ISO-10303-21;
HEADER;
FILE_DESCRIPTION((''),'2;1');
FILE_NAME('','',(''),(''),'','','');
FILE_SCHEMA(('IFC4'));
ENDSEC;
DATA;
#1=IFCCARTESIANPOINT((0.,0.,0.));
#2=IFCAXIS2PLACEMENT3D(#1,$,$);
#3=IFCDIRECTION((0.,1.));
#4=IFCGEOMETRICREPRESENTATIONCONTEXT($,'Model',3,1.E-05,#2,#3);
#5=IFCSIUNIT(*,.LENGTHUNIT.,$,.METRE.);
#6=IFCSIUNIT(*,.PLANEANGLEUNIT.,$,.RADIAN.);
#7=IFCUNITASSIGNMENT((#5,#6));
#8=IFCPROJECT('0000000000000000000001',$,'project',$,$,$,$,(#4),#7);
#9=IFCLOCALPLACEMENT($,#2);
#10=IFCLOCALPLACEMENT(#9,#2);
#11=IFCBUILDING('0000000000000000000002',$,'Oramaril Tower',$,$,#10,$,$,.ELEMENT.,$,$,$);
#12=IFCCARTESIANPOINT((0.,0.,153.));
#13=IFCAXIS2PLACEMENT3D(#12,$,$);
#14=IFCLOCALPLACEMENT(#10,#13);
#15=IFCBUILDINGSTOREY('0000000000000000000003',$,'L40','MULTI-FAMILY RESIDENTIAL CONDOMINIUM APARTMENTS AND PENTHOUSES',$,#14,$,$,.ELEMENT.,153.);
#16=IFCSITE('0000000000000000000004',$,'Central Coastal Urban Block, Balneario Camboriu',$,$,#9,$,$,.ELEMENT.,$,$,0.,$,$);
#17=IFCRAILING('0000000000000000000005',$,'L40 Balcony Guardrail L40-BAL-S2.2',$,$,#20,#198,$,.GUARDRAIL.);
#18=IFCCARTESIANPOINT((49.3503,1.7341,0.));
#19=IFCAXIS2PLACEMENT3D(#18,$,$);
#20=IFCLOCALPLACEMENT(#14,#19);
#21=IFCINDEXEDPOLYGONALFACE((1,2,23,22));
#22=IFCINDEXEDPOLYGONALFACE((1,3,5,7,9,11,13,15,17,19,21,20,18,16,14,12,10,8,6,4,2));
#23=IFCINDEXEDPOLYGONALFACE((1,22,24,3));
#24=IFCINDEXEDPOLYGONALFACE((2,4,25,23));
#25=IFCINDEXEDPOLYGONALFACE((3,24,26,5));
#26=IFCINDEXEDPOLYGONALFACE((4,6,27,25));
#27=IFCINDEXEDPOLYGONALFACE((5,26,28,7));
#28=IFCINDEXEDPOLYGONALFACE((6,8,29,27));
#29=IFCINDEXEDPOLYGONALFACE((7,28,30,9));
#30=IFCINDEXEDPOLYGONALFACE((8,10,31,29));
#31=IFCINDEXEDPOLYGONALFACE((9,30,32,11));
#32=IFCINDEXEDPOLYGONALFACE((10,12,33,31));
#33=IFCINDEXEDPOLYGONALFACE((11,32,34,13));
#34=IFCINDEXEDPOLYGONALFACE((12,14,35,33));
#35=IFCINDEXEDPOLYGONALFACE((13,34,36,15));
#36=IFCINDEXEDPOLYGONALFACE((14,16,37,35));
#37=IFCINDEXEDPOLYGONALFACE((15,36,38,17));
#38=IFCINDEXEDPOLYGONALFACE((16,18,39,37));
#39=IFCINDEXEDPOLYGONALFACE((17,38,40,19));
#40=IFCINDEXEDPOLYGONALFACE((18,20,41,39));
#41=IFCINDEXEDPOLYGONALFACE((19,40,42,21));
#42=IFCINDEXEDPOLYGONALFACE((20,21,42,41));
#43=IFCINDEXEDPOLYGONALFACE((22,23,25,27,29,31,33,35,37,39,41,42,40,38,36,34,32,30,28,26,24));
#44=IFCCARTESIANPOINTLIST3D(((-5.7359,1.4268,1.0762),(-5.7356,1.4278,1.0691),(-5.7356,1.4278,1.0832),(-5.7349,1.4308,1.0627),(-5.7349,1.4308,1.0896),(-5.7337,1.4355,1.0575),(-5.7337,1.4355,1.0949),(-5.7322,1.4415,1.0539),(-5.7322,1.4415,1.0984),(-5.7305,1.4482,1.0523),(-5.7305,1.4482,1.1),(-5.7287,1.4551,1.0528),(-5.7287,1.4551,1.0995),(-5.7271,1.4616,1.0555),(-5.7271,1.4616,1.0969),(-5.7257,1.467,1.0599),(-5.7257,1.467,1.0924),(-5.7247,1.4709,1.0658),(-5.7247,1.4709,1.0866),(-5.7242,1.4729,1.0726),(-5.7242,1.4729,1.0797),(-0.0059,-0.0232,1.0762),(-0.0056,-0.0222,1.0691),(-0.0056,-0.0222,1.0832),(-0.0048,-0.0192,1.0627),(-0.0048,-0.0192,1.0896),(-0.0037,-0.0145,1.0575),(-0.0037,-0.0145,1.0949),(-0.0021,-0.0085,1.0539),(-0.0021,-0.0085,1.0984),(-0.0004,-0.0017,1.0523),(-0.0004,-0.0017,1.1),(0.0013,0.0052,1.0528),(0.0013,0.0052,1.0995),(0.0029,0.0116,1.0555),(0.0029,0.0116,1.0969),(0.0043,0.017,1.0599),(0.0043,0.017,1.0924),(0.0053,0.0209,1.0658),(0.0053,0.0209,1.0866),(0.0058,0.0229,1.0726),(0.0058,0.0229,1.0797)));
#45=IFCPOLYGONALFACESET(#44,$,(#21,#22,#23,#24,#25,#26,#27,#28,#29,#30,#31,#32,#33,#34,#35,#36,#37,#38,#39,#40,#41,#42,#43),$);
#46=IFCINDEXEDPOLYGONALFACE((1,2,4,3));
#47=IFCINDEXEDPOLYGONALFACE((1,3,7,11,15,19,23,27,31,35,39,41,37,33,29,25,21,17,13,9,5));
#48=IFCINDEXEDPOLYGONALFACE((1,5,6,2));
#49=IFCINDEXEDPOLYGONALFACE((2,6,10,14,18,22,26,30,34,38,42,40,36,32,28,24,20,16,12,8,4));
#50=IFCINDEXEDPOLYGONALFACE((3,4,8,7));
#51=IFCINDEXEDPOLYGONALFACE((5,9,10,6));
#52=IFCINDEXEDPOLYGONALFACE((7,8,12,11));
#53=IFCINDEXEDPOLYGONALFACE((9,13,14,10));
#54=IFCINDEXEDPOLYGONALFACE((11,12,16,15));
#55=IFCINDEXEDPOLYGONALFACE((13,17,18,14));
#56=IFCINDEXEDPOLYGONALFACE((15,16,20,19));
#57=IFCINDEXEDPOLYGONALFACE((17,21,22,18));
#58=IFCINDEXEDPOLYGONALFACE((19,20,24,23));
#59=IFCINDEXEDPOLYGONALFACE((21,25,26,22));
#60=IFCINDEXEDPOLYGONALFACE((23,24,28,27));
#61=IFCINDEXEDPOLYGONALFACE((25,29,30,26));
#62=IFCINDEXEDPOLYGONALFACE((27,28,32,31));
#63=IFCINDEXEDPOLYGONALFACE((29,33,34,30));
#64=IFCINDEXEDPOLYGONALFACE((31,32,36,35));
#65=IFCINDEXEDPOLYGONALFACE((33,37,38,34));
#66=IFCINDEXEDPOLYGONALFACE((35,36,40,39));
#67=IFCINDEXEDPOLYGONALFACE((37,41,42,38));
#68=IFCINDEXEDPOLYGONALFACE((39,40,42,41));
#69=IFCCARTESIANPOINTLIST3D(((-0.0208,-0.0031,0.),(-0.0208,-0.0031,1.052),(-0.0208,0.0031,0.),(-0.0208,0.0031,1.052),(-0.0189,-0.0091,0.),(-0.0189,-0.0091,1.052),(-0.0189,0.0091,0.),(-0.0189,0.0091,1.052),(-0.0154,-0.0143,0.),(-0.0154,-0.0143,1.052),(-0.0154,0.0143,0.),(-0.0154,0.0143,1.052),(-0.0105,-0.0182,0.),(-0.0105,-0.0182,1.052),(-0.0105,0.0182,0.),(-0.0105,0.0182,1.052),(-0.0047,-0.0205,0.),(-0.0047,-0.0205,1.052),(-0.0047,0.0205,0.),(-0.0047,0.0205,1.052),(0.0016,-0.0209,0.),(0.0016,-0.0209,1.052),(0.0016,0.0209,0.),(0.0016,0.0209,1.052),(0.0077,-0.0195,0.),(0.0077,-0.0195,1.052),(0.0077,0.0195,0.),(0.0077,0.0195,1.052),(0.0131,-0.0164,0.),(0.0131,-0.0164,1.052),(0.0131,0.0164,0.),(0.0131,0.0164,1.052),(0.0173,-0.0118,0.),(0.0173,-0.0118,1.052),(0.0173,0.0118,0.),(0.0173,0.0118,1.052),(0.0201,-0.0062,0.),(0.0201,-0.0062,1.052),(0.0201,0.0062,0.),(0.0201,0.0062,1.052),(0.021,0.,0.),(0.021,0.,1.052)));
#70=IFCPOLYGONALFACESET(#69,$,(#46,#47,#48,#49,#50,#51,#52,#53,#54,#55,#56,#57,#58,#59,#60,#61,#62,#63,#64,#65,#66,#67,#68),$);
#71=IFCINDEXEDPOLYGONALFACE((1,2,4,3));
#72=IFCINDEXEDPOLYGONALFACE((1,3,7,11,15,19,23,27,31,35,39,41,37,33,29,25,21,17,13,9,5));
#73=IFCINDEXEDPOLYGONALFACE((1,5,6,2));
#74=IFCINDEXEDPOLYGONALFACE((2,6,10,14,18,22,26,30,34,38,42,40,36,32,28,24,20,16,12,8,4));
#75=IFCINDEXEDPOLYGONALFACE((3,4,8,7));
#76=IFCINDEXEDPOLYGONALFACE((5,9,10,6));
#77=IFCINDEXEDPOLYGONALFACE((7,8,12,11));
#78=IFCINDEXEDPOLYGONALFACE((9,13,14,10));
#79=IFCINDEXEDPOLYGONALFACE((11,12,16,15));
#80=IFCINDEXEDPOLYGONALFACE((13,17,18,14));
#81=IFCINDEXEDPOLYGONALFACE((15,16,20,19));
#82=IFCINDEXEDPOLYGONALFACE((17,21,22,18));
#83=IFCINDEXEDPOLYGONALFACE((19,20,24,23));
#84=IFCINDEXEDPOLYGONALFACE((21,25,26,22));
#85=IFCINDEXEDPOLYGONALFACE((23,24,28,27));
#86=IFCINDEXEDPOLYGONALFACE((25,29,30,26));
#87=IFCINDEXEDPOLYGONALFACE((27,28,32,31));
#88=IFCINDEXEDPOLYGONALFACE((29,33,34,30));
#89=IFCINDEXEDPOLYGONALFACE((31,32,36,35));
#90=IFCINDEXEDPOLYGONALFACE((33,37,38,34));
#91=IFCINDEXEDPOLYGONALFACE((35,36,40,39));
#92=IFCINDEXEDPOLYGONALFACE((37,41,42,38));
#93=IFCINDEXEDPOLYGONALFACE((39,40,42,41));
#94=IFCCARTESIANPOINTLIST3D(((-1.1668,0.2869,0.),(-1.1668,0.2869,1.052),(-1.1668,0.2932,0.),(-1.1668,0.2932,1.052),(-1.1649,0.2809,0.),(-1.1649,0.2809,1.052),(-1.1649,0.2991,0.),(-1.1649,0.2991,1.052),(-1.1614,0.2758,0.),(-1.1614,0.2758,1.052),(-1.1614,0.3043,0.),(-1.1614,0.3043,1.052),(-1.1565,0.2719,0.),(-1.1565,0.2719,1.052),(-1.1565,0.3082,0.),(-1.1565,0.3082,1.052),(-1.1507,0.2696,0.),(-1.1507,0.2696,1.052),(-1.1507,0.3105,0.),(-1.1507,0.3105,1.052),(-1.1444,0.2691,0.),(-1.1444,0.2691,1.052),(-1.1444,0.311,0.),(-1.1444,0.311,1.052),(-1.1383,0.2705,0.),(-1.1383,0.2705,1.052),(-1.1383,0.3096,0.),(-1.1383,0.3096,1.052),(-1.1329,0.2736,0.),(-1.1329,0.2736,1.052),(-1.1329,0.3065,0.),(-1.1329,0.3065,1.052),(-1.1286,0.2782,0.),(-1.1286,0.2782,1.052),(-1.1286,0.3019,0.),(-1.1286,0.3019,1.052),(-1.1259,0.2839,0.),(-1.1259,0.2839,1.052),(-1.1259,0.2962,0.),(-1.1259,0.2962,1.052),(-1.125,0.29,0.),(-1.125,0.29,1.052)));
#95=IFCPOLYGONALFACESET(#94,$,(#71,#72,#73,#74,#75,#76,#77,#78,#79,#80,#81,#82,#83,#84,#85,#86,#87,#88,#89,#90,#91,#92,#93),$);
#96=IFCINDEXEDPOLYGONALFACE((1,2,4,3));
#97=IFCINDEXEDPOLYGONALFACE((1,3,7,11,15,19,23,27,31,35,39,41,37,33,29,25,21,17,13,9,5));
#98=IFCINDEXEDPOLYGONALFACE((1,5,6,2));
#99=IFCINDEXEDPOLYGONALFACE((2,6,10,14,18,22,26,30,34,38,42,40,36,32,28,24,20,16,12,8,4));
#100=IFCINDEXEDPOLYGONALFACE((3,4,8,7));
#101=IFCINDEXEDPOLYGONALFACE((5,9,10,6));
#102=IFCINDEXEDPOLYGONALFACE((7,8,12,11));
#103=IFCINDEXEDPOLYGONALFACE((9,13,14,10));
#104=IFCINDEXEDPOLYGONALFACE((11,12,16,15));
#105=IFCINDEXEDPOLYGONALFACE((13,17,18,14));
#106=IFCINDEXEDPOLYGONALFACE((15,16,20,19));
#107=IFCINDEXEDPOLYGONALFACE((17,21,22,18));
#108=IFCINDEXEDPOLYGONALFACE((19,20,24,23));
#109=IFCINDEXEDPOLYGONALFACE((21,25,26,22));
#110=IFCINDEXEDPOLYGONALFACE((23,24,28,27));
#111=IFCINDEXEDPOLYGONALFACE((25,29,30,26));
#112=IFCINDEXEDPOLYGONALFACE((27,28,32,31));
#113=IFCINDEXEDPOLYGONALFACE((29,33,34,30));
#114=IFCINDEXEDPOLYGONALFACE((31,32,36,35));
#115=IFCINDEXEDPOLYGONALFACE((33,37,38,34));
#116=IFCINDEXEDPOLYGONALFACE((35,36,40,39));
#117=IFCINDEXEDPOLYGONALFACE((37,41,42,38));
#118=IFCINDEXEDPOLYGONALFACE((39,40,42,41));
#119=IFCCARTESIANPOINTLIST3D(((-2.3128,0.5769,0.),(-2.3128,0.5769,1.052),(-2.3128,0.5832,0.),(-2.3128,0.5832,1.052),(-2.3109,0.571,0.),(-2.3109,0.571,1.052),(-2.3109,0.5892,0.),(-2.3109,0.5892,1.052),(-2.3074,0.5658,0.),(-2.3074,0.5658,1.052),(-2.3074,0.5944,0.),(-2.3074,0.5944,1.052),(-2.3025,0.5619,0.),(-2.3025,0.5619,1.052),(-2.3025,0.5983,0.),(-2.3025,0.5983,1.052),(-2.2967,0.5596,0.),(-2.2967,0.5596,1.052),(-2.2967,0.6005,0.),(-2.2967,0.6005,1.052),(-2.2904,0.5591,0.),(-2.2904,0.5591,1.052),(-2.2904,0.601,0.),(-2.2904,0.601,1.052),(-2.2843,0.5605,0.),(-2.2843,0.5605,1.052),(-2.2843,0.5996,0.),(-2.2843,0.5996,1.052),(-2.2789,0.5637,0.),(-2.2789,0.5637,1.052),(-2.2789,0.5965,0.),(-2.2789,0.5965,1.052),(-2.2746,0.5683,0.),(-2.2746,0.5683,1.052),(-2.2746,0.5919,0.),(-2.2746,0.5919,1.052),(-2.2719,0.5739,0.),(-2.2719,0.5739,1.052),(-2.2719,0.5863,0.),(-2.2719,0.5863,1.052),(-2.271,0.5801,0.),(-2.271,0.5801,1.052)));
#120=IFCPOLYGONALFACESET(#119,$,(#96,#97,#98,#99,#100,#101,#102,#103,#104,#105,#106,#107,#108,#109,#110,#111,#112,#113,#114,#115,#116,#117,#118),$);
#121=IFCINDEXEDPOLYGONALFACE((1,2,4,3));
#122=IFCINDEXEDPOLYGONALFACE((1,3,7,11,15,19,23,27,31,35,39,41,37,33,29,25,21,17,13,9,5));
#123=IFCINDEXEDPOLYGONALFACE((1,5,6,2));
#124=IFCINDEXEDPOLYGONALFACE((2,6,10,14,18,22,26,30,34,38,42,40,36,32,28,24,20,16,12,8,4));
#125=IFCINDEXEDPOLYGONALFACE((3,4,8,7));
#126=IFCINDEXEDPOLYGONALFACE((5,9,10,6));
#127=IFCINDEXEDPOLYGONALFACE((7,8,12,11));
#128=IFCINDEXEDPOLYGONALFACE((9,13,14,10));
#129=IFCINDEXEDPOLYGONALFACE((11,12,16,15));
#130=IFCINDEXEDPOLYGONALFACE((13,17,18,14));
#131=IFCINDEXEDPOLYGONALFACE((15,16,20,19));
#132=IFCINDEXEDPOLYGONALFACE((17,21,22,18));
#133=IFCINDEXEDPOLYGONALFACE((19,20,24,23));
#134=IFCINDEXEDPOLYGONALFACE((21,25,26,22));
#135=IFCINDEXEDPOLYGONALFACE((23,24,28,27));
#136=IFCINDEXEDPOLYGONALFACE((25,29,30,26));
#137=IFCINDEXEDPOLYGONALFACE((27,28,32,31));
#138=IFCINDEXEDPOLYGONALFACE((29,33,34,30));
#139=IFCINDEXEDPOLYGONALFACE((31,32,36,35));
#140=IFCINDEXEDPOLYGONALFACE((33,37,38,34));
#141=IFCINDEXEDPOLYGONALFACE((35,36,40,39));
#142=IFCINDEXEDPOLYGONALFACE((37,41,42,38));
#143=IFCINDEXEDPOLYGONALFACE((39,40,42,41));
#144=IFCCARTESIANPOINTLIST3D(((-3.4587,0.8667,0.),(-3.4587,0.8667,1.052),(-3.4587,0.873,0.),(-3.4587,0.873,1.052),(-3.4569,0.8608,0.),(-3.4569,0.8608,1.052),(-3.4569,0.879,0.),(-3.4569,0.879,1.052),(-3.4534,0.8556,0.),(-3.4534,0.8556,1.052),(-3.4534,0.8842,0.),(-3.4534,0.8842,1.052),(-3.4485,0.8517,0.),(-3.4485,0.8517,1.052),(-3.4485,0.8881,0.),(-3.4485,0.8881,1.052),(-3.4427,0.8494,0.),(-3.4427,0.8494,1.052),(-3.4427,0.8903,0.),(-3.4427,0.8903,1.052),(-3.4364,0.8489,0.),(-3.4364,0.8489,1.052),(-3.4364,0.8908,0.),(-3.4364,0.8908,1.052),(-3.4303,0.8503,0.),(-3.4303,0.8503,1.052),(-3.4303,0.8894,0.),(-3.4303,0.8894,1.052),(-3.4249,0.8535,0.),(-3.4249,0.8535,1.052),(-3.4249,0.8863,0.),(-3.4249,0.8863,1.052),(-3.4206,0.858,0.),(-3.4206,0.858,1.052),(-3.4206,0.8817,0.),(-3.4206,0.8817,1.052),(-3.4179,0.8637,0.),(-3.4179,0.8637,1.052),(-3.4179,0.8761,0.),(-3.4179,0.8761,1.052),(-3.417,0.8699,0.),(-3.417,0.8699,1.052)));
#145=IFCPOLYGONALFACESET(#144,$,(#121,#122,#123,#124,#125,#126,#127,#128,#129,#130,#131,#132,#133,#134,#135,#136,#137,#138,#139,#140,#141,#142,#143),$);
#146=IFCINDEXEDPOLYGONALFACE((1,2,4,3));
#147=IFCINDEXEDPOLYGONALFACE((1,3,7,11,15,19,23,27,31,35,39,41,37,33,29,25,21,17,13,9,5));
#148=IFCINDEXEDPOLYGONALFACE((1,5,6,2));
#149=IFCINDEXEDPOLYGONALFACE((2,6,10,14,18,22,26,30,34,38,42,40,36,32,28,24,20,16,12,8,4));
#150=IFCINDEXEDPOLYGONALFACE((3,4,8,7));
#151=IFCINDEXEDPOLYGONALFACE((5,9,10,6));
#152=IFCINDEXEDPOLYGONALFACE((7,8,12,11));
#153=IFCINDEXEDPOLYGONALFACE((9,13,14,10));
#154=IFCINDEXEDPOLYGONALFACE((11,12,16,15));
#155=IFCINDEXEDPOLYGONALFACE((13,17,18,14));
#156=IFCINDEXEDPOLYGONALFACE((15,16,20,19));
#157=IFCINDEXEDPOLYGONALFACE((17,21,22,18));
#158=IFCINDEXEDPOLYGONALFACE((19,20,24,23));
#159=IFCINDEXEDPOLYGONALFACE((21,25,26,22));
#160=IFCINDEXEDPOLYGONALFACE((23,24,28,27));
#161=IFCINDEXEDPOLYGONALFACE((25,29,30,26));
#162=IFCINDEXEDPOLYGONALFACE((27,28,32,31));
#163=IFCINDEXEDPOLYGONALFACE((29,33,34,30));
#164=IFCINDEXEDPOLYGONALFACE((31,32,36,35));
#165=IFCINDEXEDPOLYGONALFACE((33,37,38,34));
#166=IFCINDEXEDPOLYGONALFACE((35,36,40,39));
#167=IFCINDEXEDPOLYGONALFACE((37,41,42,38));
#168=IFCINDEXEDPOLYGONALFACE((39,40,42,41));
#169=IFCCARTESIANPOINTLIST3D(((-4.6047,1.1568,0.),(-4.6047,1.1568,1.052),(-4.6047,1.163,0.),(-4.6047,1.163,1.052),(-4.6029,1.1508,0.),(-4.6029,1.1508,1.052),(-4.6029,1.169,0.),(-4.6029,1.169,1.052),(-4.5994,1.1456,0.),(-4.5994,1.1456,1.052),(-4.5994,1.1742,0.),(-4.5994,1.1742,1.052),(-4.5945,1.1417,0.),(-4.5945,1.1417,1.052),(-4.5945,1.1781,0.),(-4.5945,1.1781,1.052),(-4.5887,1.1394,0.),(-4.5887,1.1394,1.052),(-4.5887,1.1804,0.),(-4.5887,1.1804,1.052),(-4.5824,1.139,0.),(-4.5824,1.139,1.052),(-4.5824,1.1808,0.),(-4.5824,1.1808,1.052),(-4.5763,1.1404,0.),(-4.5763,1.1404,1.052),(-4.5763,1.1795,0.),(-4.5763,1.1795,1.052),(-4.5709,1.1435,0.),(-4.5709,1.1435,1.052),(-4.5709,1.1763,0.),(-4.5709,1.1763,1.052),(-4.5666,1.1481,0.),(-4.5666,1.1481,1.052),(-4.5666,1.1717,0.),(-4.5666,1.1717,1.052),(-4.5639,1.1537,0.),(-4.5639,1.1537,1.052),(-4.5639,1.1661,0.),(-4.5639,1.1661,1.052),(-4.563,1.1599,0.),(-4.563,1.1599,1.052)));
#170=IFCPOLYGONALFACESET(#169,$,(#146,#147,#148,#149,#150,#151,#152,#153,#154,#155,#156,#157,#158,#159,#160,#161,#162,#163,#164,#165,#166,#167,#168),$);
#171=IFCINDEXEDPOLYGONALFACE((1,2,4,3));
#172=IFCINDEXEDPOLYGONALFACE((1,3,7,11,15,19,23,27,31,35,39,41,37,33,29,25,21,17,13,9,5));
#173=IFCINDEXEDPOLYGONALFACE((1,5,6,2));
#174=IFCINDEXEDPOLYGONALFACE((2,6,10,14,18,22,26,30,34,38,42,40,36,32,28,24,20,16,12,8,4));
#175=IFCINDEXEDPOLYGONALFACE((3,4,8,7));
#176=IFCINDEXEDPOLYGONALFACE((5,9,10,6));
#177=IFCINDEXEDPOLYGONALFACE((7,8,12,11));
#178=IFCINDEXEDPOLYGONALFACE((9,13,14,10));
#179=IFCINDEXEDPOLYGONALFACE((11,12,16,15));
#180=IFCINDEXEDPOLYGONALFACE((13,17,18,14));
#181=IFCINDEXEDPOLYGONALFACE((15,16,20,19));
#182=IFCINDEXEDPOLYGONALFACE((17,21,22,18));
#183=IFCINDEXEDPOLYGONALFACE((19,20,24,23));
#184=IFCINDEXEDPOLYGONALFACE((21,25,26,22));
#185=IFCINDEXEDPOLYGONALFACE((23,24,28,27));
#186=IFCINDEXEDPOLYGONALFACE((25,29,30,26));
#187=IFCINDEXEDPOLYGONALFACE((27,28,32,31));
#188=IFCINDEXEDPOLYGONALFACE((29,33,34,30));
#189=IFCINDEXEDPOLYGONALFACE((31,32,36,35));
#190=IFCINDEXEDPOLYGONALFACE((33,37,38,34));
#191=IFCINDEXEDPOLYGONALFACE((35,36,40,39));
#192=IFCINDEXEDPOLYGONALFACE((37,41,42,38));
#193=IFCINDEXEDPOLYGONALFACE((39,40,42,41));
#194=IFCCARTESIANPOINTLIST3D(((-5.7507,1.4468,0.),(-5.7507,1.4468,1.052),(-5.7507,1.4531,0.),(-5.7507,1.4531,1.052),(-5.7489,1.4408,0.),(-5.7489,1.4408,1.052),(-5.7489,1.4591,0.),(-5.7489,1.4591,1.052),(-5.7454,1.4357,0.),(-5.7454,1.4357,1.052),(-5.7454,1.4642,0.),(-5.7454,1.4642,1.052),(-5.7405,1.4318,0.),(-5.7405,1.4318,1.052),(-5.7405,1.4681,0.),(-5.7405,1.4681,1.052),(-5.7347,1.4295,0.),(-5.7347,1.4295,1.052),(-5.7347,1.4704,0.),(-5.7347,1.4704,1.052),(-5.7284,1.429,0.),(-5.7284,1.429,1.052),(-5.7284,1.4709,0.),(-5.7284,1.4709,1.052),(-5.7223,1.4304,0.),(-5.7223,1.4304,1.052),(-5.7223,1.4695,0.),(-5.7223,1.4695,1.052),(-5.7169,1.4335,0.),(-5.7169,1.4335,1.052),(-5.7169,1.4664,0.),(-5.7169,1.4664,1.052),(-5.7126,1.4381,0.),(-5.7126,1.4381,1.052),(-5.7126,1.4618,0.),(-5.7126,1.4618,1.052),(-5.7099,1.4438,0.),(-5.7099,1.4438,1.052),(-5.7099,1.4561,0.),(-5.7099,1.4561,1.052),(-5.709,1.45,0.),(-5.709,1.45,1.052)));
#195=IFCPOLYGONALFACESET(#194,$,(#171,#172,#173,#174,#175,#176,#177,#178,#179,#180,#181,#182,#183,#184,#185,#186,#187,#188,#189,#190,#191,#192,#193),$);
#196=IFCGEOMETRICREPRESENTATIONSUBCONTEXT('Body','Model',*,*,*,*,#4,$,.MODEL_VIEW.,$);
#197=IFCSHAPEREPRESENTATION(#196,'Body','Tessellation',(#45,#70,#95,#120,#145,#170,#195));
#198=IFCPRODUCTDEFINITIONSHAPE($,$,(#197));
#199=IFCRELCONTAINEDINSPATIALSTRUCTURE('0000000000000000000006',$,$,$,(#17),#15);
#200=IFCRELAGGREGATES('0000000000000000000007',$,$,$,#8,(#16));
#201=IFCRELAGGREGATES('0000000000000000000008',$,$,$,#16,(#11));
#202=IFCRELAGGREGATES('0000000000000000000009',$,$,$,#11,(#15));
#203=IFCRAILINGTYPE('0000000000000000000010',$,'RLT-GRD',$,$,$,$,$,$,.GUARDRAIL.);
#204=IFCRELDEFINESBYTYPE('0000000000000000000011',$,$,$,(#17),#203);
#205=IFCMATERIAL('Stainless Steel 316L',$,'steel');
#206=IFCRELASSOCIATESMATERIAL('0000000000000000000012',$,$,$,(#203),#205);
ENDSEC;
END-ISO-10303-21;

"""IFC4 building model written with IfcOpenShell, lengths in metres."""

from ifc_helpers import new_model, si_unit, direction, frame, origin, origin_2d, place, context, subcontext, project, spatial, circle, extrude, material, type_object, element, save


model = new_model("IFC4")

# Units and contexts
model_context = context("Model", 3, precision=1e-05, world=origin(), true_north=direction((0.0, 1.0)))
body_context = subcontext(model_context, "Body", "Model", "MODEL_VIEW")
ifc_project = project(units=[si_unit("LENGTHUNIT", "METRE"), si_unit("PLANEANGLEUNIT", "RADIAN")], contexts=[model_context])

# Site, building, storey
site_placement = place(None, origin())
site = spatial("IfcSite", under=ifc_project, at=site_placement, Name="Central Coastal Urban Block, Balneario Camboriu", CompositionType="ELEMENT", RefElevation=0.0)
building_placement = place(site_placement, origin())
building = spatial("IfcBuilding", under=site, at=building_placement, Name="Oramaril Tower", CompositionType="ELEMENT")
storey_placement = place(building_placement, frame((0.0, 0.0, 153.0)))
storey = spatial("IfcBuildingStorey", under=building, at=storey_placement, Name="L40", Description="MULTI-FAMILY RESIDENTIAL CONDOMINIUM APARTMENTS AND PENTHOUSES", CompositionType="ELEMENT", Elevation=153.0)

# Railing
ifc_material_1 = material(Name="Stainless Steel 316L", Category="steel")
railing_type = type_object("IfcRailingType", Name="RLT-GRD", PredefinedType="GUARDRAIL", material=ifc_material_1)
railing_1_placement = place(storey_placement, frame((49.3503, 1.7341, 0.0)))
element("IfcRailing", 1, at=railing_1_placement, inside=storey, type_object=railing_type, Name="L40 Balcony Guardrail L40-BAL-S2.2", PredefinedType="GUARDRAIL", context=body_context, shape_type="SweptSolid", body=[
    extrude(circle(Radius=0.0239, at=origin_2d()), frame((0.0, 0.0, 1.0762), z_axis=(-0.969444, 0.245314, 0.0), x_axis=(-0.245314, -0.969444, 0.0)), (0.0, 0.0, 1.0), 5.9106),
    extrude(circle(Radius=0.021, at=origin_2d()), origin(), (0.0, 0.0, 1.0), 1.052),
    extrude(circle(Radius=0.021, at=origin_2d()), frame((-1.146, 0.29, 0.0)), (0.0, 0.0, 1.0), 1.052),
    extrude(circle(Radius=0.021, at=origin_2d()), frame((-2.292, 0.5801, 0.0)), (0.0, 0.0, 1.0), 1.052),
    extrude(circle(Radius=0.021, at=origin_2d()), frame((-3.438, 0.8699, 0.0)), (0.0, 0.0, 1.0), 1.052),
    extrude(circle(Radius=0.021, at=origin_2d()), frame((-4.584, 1.1599, 0.0)), (0.0, 0.0, 1.0), 1.052),
    extrude(circle(Radius=0.021, at=origin_2d()), frame((-5.73, 1.45, 0.0)), (0.0, 0.0, 1.0), 1.052),
])

save(model, "model.ifc")
